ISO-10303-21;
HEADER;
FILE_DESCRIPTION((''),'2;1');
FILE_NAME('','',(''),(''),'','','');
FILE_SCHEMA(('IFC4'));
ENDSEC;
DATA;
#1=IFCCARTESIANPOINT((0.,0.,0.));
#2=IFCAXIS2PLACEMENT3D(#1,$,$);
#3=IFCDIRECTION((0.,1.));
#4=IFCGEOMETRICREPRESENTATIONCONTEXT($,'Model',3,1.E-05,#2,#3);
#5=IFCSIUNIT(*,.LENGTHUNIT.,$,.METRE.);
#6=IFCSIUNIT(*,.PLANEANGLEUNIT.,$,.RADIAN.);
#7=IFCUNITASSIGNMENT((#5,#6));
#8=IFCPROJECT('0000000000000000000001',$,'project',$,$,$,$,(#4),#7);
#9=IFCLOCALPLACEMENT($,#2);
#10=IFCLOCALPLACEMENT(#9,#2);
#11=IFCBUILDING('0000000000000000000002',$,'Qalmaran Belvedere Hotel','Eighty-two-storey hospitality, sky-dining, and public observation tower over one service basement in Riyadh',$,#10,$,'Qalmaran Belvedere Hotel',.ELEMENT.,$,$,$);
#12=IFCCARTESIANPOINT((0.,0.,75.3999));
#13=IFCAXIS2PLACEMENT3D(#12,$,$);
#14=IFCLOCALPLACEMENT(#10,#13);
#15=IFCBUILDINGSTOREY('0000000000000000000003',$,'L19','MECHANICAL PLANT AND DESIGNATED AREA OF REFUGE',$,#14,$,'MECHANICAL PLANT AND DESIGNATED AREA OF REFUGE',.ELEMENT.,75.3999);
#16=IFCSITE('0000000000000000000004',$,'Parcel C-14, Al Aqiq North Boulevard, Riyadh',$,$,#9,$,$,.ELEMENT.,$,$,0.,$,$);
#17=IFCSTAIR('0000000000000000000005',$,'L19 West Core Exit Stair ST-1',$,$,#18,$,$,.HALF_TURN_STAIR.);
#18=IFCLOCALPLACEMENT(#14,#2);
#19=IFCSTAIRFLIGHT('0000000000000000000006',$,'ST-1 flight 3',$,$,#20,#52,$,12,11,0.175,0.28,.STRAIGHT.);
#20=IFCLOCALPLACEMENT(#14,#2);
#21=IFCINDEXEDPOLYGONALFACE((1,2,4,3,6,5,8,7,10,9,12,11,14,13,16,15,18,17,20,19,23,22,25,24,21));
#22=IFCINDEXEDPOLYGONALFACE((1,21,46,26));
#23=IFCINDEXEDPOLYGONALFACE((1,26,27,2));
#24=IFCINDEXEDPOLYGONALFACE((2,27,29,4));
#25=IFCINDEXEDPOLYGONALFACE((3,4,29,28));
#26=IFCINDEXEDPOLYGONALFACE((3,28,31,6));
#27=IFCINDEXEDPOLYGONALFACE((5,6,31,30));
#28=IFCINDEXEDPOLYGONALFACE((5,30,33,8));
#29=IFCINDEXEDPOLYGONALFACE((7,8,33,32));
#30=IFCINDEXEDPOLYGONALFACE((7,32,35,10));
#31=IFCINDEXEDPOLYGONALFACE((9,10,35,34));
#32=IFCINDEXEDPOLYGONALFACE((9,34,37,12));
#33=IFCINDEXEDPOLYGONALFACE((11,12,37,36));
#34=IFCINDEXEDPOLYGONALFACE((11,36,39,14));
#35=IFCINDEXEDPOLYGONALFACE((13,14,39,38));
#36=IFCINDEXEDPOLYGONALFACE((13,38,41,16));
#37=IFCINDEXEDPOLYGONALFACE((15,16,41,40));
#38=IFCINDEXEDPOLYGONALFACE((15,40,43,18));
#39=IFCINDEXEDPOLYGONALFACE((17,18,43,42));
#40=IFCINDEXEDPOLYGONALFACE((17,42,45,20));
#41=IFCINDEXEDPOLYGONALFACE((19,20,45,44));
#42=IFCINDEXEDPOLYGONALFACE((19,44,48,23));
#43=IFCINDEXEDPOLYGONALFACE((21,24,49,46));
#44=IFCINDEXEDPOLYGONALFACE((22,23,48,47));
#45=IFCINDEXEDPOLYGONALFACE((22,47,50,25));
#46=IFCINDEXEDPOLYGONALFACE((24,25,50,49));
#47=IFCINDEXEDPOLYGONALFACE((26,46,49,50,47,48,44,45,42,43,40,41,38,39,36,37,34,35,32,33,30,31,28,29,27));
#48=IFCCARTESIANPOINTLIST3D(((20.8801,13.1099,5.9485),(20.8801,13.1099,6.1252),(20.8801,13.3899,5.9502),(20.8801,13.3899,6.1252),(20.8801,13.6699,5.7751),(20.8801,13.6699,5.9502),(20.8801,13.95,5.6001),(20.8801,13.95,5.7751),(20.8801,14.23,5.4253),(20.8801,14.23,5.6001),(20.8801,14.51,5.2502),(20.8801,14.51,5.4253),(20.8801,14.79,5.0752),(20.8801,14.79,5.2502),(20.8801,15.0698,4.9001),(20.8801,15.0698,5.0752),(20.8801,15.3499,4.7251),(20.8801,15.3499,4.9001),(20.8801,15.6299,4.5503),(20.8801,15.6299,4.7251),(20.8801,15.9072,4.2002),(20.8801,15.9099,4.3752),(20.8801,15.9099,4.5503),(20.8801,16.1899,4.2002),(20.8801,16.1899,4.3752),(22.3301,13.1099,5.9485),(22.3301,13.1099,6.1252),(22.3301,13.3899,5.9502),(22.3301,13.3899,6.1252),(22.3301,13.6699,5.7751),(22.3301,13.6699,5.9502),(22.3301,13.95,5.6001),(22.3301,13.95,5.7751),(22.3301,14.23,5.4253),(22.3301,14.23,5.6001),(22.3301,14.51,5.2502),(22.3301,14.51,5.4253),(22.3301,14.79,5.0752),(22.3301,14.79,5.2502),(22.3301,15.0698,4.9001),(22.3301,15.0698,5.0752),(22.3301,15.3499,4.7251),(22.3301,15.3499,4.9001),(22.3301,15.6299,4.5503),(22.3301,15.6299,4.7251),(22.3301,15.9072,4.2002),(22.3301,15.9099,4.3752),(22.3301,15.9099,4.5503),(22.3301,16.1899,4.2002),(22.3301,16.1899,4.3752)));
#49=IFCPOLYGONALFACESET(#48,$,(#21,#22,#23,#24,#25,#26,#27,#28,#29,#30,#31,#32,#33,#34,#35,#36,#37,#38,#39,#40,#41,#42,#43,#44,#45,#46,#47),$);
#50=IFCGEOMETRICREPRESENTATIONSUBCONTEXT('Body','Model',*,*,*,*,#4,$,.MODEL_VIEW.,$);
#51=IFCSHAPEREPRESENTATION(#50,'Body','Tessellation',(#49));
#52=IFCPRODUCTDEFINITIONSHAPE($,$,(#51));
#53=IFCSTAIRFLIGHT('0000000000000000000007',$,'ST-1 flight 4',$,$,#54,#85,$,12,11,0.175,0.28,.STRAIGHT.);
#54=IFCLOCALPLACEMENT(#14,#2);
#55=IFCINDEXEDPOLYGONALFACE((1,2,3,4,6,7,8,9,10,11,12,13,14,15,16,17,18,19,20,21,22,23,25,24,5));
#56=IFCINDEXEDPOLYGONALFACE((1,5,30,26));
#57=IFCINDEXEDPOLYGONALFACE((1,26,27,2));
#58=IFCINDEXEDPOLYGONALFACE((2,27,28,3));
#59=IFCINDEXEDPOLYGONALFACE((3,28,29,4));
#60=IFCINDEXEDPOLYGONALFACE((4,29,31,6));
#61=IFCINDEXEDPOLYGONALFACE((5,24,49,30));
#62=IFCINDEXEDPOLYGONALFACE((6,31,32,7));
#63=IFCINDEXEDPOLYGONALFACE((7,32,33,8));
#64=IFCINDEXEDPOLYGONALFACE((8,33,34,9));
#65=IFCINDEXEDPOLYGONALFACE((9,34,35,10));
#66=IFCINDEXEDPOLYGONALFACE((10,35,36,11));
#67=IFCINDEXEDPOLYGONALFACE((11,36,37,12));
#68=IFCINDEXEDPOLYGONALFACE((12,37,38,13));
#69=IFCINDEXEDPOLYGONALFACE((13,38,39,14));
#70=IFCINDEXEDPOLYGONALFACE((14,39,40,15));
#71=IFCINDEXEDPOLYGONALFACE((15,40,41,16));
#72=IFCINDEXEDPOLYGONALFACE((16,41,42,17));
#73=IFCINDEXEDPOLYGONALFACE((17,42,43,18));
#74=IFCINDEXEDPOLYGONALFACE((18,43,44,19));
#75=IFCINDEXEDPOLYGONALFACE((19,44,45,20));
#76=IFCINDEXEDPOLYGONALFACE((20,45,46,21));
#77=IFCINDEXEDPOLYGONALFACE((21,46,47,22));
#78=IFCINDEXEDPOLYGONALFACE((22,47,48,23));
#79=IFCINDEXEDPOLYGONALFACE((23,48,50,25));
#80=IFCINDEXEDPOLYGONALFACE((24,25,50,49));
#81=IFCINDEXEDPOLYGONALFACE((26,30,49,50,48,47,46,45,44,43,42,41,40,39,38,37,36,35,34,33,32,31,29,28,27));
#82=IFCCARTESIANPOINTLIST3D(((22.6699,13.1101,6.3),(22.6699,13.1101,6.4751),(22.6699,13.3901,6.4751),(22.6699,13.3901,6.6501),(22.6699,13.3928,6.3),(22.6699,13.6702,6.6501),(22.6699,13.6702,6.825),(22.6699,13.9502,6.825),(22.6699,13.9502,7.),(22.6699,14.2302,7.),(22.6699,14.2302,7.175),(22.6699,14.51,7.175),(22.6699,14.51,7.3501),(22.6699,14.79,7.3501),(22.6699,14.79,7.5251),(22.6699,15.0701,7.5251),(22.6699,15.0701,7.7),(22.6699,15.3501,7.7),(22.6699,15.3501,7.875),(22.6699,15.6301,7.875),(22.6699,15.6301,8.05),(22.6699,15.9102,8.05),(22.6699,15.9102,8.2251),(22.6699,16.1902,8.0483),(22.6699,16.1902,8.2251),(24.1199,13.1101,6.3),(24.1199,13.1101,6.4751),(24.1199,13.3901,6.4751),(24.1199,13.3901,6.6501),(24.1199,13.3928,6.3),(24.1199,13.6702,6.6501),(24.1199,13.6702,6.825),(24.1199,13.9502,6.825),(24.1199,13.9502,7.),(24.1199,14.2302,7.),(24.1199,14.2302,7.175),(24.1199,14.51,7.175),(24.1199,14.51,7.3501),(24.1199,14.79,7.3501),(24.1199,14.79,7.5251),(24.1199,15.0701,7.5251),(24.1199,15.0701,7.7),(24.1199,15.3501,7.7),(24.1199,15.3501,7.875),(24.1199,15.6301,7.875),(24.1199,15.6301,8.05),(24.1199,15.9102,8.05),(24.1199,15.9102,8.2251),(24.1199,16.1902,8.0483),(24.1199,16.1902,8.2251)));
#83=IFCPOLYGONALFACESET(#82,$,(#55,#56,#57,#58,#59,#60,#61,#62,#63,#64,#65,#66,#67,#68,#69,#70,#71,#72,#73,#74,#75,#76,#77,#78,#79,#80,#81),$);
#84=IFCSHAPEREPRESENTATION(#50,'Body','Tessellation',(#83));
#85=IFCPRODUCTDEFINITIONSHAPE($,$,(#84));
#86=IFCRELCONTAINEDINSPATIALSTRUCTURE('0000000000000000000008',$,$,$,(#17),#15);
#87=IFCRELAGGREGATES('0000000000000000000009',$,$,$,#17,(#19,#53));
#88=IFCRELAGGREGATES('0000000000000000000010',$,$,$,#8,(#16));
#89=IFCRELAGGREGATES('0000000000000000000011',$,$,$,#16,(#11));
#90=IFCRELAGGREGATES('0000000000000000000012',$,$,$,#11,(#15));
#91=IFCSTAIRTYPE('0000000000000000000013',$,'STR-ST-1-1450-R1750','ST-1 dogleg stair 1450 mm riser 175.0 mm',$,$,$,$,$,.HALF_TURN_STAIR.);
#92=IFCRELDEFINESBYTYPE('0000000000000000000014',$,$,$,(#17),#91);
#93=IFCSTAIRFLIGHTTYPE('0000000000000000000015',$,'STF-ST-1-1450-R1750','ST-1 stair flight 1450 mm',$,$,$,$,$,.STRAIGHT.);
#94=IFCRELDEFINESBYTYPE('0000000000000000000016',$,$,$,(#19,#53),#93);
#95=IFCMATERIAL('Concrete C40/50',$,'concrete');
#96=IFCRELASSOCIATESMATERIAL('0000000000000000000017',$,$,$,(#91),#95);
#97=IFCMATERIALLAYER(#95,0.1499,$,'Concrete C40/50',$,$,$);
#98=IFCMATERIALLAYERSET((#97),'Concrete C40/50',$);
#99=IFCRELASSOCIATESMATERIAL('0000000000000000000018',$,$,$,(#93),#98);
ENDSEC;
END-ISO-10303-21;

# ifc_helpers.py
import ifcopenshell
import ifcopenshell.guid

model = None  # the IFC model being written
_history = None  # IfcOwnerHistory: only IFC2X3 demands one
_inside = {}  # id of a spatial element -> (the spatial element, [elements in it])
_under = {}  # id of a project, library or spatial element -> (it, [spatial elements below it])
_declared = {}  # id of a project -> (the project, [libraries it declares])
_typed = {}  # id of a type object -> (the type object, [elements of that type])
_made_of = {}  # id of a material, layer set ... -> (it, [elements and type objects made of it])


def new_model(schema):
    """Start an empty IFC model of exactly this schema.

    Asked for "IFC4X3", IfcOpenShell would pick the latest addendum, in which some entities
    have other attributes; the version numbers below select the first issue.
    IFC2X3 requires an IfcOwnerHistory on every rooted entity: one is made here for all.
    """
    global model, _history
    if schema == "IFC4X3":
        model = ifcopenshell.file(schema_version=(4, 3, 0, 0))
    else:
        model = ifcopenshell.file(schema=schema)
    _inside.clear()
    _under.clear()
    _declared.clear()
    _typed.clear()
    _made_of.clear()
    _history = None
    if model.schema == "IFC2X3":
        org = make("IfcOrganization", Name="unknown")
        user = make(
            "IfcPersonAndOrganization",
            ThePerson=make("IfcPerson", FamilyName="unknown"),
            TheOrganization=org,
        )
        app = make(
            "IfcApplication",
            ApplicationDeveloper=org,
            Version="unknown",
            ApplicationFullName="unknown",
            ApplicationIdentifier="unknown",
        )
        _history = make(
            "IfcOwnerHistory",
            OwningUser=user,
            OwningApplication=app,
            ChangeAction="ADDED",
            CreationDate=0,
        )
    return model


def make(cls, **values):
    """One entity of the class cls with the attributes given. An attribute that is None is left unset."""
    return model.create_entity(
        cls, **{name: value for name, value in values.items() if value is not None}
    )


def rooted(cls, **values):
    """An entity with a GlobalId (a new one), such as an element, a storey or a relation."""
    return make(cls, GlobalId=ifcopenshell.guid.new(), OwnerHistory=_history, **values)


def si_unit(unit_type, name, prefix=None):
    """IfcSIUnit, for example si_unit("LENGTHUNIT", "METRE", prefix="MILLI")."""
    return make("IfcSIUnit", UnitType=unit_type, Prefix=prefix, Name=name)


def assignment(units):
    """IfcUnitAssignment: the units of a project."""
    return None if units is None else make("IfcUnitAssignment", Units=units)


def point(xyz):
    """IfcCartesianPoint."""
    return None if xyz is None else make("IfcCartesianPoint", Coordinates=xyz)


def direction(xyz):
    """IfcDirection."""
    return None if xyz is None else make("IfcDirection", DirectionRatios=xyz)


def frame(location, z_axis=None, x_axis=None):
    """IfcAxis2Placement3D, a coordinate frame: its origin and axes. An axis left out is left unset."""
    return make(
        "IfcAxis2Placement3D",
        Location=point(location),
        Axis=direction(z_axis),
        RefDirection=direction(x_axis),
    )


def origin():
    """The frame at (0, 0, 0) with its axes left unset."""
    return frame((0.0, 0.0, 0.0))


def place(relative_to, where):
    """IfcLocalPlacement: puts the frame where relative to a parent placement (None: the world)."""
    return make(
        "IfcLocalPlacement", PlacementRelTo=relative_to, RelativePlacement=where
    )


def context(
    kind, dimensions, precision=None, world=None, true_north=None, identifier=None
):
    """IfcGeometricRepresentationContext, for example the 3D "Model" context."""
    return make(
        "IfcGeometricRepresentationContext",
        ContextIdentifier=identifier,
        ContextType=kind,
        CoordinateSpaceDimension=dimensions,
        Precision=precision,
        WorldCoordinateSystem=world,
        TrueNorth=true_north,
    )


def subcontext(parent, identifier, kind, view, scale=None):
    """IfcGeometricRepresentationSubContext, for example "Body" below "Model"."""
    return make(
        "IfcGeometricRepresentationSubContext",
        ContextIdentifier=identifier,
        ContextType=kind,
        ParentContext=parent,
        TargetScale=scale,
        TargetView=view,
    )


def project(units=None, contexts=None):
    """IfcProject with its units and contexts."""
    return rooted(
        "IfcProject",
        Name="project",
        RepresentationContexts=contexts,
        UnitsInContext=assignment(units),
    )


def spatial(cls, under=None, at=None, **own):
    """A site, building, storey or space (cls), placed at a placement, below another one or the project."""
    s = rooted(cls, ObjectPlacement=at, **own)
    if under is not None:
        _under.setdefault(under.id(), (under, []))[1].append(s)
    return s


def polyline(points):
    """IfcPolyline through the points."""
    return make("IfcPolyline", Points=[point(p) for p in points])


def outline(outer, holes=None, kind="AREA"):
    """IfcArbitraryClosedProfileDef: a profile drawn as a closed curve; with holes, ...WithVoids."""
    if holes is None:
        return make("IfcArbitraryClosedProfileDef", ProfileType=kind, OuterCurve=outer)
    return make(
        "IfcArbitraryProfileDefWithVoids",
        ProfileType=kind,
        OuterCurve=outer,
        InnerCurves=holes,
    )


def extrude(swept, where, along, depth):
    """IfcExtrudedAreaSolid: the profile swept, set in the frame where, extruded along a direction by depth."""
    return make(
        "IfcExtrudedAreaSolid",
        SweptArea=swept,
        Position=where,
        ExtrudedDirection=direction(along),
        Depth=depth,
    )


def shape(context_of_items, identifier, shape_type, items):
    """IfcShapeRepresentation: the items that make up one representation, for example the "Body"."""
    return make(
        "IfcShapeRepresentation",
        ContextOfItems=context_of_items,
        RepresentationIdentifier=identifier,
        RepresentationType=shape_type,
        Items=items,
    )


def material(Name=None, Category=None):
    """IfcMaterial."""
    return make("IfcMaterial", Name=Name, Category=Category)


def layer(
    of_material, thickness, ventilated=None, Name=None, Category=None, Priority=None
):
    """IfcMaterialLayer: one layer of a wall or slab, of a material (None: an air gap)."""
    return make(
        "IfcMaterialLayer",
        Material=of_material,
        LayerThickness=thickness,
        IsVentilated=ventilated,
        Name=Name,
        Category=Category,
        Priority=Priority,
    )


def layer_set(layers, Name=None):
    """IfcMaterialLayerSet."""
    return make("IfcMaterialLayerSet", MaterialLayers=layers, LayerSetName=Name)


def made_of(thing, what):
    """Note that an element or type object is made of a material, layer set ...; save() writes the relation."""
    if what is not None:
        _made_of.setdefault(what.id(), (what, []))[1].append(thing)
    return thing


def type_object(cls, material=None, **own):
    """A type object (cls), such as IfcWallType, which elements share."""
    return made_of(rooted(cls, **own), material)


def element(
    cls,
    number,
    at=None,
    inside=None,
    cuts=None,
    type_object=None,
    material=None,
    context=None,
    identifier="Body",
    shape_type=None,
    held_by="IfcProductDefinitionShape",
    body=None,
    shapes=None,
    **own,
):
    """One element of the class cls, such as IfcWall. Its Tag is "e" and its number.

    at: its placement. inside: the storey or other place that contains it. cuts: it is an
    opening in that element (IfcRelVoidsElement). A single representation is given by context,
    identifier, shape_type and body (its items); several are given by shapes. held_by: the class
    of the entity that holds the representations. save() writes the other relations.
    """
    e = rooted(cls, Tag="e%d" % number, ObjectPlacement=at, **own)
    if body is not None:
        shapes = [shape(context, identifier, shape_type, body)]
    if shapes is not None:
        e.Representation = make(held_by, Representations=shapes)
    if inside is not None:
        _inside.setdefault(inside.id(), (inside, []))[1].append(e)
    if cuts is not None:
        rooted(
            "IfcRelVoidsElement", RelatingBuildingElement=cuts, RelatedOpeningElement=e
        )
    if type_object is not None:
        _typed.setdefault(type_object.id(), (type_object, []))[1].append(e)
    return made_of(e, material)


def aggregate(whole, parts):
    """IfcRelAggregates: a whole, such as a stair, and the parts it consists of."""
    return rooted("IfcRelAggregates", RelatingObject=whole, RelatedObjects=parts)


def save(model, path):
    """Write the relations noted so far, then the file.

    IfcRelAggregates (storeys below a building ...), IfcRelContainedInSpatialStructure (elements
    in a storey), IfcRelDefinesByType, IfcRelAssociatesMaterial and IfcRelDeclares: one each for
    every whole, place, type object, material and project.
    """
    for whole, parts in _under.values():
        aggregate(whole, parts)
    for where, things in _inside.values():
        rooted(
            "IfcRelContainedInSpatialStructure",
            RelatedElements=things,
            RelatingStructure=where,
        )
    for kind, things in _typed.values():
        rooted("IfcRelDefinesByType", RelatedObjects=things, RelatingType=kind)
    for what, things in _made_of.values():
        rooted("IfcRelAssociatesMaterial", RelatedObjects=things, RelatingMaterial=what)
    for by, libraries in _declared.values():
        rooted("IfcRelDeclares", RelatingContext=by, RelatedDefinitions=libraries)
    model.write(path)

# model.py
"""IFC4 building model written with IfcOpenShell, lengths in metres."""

from ifc_helpers import new_model, si_unit, direction, frame, origin, place, context, subcontext, project, spatial, polyline, outline, extrude, material, layer, layer_set, type_object, element, aggregate, save


model = new_model("IFC4")

# Units and contexts
model_context = context("Model", 3, precision=1e-05, world=origin(), true_north=direction((0.0, 1.0)))
body_context = subcontext(model_context, "Body", "Model", "MODEL_VIEW")
ifc_project = project(units=[si_unit("LENGTHUNIT", "METRE"), si_unit("PLANEANGLEUNIT", "RADIAN")], contexts=[model_context])

# Site, building, storey
site_placement = place(None, origin())
site = spatial("IfcSite", under=ifc_project, at=site_placement, Name="Parcel C-14, Al Aqiq North Boulevard, Riyadh", CompositionType="ELEMENT", RefElevation=0.0)
building_placement = place(site_placement, origin())
building = spatial("IfcBuilding", under=site, at=building_placement, Name="Qalmaran Belvedere Hotel", Description="Eighty-two-storey hospitality, sky-dining, and public observation tower over one service basement in Riyadh", LongName="Qalmaran Belvedere Hotel", CompositionType="ELEMENT")
storey_placement = place(building_placement, frame((0.0, 0.0, 75.3999)))
storey = spatial("IfcBuildingStorey", under=building, at=storey_placement, Name="L19", Description="MECHANICAL PLANT AND DESIGNATED AREA OF REFUGE", LongName="MECHANICAL PLANT AND DESIGNATED AREA OF REFUGE", CompositionType="ELEMENT", Elevation=75.3999)

# Stair, stair flights
ifc_material_1 = material(Name="Concrete C40/50", Category="concrete")
stair_type = type_object("IfcStairType", Name="STR-ST-1-1450-R1750", Description="ST-1 dogleg stair 1450 mm riser 175.0 mm", PredefinedType="HALF_TURN_STAIR", material=ifc_material_1)
stair_placement = place(storey_placement, origin())
stair = element("IfcStair", 1, at=stair_placement, inside=storey, type_object=stair_type, Name="L19 West Core Exit Stair ST-1", PredefinedType="HALF_TURN_STAIR")
ifc_layer_1 = layer(ifc_material_1, 0.1499, Name="Concrete C40/50")
ifc_layer_set_1 = layer_set([ifc_layer_1], Name="Concrete C40/50")
stair_flight_type = type_object("IfcStairFlightType", Name="STF-ST-1-1450-R1750", Description="ST-1 stair flight 1450 mm", PredefinedType="STRAIGHT", material=ifc_layer_set_1)
stair_flight_1_placement = place(storey_placement, frame((21.605, 16.1899, 4.2002), z_axis=(0.0, 0.0, 1.0), x_axis=(0.0, -1.0, 0.0)))
stair_flight_1 = element("IfcStairFlight", 2, at=stair_flight_1_placement, type_object=stair_flight_type, Name="ST-1 flight 3", NumberOfRisers=12, NumberOfTreads=11, PredefinedType="STRAIGHT", RiserHeight=0.175, TreadLength=0.28, context=body_context, shape_type="SweptSolid", body=[
    extrude(outline(polyline([(0.0, 0.0), (0.0, 0.175), (0.28, 0.175), (0.28, 0.3501), (0.5601, 0.3501), (0.5601, 0.5249), (0.8401, 0.5249), (0.8401, 0.7), (1.1201, 0.7), (1.1201, 0.875), (1.3999, 0.875), (1.3999, 1.05), (1.6799, 1.05), (1.6799, 1.2251), (1.96, 1.2251), (1.96, 1.3999), (2.24, 1.3999), (2.24, 1.575), (2.52, 1.575), (2.52, 1.75), (2.8, 1.75), (2.8, 1.925), (3.0801, 1.925), (3.0801, 2.1001), (3.0801, 1.7483), (0.2827, 0.0), (0.0, 0.0)])), frame((0.0, 0.7251, 0.0), z_axis=(0.0, -1.0, 0.0), x_axis=(1.0, 0.0, 0.0)), (0.0, 0.0, 1.0), 1.45),
])
stair_flight_2_placement = place(storey_placement, frame((23.395, 13.1101, 6.3), z_axis=(0.0, 0.0, 1.0), x_axis=(0.0, 1.0, 0.0)))
stair_flight_2 = element("IfcStairFlight", 3, at=stair_flight_2_placement, type_object=stair_flight_type, Name="ST-1 flight 4", NumberOfRisers=12, NumberOfTreads=11, PredefinedType="STRAIGHT", RiserHeight=0.175, TreadLength=0.28, context=body_context, shape_type="SweptSolid", body=[
    extrude(outline(polyline([(0.0, 0.0), (0.0, 0.175), (0.28, 0.175), (0.28, 0.3501), (0.5601, 0.3501), (0.5601, 0.5249), (0.8401, 0.5249), (0.8401, 0.7), (1.1201, 0.7), (1.1201, 0.875), (1.3999, 0.875), (1.3999, 1.05), (1.6799, 1.05), (1.6799, 1.2251), (1.96, 1.2251), (1.96, 1.3999), (2.24, 1.3999), (2.24, 1.575), (2.52, 1.575), (2.52, 1.75), (2.8, 1.75), (2.8, 1.925), (3.0801, 1.925), (3.0801, 2.1001), (3.0801, 1.7483), (0.2827, 0.0), (0.0, 0.0)])), frame((0.0, 0.7251, 0.0), z_axis=(0.0, -1.0, 0.0), x_axis=(1.0, 0.0, 0.0)), (0.0, 0.0, 1.0), 1.45),
])
aggregate(stair, [stair_flight_1, stair_flight_2])

save(model, "model.ifc")
